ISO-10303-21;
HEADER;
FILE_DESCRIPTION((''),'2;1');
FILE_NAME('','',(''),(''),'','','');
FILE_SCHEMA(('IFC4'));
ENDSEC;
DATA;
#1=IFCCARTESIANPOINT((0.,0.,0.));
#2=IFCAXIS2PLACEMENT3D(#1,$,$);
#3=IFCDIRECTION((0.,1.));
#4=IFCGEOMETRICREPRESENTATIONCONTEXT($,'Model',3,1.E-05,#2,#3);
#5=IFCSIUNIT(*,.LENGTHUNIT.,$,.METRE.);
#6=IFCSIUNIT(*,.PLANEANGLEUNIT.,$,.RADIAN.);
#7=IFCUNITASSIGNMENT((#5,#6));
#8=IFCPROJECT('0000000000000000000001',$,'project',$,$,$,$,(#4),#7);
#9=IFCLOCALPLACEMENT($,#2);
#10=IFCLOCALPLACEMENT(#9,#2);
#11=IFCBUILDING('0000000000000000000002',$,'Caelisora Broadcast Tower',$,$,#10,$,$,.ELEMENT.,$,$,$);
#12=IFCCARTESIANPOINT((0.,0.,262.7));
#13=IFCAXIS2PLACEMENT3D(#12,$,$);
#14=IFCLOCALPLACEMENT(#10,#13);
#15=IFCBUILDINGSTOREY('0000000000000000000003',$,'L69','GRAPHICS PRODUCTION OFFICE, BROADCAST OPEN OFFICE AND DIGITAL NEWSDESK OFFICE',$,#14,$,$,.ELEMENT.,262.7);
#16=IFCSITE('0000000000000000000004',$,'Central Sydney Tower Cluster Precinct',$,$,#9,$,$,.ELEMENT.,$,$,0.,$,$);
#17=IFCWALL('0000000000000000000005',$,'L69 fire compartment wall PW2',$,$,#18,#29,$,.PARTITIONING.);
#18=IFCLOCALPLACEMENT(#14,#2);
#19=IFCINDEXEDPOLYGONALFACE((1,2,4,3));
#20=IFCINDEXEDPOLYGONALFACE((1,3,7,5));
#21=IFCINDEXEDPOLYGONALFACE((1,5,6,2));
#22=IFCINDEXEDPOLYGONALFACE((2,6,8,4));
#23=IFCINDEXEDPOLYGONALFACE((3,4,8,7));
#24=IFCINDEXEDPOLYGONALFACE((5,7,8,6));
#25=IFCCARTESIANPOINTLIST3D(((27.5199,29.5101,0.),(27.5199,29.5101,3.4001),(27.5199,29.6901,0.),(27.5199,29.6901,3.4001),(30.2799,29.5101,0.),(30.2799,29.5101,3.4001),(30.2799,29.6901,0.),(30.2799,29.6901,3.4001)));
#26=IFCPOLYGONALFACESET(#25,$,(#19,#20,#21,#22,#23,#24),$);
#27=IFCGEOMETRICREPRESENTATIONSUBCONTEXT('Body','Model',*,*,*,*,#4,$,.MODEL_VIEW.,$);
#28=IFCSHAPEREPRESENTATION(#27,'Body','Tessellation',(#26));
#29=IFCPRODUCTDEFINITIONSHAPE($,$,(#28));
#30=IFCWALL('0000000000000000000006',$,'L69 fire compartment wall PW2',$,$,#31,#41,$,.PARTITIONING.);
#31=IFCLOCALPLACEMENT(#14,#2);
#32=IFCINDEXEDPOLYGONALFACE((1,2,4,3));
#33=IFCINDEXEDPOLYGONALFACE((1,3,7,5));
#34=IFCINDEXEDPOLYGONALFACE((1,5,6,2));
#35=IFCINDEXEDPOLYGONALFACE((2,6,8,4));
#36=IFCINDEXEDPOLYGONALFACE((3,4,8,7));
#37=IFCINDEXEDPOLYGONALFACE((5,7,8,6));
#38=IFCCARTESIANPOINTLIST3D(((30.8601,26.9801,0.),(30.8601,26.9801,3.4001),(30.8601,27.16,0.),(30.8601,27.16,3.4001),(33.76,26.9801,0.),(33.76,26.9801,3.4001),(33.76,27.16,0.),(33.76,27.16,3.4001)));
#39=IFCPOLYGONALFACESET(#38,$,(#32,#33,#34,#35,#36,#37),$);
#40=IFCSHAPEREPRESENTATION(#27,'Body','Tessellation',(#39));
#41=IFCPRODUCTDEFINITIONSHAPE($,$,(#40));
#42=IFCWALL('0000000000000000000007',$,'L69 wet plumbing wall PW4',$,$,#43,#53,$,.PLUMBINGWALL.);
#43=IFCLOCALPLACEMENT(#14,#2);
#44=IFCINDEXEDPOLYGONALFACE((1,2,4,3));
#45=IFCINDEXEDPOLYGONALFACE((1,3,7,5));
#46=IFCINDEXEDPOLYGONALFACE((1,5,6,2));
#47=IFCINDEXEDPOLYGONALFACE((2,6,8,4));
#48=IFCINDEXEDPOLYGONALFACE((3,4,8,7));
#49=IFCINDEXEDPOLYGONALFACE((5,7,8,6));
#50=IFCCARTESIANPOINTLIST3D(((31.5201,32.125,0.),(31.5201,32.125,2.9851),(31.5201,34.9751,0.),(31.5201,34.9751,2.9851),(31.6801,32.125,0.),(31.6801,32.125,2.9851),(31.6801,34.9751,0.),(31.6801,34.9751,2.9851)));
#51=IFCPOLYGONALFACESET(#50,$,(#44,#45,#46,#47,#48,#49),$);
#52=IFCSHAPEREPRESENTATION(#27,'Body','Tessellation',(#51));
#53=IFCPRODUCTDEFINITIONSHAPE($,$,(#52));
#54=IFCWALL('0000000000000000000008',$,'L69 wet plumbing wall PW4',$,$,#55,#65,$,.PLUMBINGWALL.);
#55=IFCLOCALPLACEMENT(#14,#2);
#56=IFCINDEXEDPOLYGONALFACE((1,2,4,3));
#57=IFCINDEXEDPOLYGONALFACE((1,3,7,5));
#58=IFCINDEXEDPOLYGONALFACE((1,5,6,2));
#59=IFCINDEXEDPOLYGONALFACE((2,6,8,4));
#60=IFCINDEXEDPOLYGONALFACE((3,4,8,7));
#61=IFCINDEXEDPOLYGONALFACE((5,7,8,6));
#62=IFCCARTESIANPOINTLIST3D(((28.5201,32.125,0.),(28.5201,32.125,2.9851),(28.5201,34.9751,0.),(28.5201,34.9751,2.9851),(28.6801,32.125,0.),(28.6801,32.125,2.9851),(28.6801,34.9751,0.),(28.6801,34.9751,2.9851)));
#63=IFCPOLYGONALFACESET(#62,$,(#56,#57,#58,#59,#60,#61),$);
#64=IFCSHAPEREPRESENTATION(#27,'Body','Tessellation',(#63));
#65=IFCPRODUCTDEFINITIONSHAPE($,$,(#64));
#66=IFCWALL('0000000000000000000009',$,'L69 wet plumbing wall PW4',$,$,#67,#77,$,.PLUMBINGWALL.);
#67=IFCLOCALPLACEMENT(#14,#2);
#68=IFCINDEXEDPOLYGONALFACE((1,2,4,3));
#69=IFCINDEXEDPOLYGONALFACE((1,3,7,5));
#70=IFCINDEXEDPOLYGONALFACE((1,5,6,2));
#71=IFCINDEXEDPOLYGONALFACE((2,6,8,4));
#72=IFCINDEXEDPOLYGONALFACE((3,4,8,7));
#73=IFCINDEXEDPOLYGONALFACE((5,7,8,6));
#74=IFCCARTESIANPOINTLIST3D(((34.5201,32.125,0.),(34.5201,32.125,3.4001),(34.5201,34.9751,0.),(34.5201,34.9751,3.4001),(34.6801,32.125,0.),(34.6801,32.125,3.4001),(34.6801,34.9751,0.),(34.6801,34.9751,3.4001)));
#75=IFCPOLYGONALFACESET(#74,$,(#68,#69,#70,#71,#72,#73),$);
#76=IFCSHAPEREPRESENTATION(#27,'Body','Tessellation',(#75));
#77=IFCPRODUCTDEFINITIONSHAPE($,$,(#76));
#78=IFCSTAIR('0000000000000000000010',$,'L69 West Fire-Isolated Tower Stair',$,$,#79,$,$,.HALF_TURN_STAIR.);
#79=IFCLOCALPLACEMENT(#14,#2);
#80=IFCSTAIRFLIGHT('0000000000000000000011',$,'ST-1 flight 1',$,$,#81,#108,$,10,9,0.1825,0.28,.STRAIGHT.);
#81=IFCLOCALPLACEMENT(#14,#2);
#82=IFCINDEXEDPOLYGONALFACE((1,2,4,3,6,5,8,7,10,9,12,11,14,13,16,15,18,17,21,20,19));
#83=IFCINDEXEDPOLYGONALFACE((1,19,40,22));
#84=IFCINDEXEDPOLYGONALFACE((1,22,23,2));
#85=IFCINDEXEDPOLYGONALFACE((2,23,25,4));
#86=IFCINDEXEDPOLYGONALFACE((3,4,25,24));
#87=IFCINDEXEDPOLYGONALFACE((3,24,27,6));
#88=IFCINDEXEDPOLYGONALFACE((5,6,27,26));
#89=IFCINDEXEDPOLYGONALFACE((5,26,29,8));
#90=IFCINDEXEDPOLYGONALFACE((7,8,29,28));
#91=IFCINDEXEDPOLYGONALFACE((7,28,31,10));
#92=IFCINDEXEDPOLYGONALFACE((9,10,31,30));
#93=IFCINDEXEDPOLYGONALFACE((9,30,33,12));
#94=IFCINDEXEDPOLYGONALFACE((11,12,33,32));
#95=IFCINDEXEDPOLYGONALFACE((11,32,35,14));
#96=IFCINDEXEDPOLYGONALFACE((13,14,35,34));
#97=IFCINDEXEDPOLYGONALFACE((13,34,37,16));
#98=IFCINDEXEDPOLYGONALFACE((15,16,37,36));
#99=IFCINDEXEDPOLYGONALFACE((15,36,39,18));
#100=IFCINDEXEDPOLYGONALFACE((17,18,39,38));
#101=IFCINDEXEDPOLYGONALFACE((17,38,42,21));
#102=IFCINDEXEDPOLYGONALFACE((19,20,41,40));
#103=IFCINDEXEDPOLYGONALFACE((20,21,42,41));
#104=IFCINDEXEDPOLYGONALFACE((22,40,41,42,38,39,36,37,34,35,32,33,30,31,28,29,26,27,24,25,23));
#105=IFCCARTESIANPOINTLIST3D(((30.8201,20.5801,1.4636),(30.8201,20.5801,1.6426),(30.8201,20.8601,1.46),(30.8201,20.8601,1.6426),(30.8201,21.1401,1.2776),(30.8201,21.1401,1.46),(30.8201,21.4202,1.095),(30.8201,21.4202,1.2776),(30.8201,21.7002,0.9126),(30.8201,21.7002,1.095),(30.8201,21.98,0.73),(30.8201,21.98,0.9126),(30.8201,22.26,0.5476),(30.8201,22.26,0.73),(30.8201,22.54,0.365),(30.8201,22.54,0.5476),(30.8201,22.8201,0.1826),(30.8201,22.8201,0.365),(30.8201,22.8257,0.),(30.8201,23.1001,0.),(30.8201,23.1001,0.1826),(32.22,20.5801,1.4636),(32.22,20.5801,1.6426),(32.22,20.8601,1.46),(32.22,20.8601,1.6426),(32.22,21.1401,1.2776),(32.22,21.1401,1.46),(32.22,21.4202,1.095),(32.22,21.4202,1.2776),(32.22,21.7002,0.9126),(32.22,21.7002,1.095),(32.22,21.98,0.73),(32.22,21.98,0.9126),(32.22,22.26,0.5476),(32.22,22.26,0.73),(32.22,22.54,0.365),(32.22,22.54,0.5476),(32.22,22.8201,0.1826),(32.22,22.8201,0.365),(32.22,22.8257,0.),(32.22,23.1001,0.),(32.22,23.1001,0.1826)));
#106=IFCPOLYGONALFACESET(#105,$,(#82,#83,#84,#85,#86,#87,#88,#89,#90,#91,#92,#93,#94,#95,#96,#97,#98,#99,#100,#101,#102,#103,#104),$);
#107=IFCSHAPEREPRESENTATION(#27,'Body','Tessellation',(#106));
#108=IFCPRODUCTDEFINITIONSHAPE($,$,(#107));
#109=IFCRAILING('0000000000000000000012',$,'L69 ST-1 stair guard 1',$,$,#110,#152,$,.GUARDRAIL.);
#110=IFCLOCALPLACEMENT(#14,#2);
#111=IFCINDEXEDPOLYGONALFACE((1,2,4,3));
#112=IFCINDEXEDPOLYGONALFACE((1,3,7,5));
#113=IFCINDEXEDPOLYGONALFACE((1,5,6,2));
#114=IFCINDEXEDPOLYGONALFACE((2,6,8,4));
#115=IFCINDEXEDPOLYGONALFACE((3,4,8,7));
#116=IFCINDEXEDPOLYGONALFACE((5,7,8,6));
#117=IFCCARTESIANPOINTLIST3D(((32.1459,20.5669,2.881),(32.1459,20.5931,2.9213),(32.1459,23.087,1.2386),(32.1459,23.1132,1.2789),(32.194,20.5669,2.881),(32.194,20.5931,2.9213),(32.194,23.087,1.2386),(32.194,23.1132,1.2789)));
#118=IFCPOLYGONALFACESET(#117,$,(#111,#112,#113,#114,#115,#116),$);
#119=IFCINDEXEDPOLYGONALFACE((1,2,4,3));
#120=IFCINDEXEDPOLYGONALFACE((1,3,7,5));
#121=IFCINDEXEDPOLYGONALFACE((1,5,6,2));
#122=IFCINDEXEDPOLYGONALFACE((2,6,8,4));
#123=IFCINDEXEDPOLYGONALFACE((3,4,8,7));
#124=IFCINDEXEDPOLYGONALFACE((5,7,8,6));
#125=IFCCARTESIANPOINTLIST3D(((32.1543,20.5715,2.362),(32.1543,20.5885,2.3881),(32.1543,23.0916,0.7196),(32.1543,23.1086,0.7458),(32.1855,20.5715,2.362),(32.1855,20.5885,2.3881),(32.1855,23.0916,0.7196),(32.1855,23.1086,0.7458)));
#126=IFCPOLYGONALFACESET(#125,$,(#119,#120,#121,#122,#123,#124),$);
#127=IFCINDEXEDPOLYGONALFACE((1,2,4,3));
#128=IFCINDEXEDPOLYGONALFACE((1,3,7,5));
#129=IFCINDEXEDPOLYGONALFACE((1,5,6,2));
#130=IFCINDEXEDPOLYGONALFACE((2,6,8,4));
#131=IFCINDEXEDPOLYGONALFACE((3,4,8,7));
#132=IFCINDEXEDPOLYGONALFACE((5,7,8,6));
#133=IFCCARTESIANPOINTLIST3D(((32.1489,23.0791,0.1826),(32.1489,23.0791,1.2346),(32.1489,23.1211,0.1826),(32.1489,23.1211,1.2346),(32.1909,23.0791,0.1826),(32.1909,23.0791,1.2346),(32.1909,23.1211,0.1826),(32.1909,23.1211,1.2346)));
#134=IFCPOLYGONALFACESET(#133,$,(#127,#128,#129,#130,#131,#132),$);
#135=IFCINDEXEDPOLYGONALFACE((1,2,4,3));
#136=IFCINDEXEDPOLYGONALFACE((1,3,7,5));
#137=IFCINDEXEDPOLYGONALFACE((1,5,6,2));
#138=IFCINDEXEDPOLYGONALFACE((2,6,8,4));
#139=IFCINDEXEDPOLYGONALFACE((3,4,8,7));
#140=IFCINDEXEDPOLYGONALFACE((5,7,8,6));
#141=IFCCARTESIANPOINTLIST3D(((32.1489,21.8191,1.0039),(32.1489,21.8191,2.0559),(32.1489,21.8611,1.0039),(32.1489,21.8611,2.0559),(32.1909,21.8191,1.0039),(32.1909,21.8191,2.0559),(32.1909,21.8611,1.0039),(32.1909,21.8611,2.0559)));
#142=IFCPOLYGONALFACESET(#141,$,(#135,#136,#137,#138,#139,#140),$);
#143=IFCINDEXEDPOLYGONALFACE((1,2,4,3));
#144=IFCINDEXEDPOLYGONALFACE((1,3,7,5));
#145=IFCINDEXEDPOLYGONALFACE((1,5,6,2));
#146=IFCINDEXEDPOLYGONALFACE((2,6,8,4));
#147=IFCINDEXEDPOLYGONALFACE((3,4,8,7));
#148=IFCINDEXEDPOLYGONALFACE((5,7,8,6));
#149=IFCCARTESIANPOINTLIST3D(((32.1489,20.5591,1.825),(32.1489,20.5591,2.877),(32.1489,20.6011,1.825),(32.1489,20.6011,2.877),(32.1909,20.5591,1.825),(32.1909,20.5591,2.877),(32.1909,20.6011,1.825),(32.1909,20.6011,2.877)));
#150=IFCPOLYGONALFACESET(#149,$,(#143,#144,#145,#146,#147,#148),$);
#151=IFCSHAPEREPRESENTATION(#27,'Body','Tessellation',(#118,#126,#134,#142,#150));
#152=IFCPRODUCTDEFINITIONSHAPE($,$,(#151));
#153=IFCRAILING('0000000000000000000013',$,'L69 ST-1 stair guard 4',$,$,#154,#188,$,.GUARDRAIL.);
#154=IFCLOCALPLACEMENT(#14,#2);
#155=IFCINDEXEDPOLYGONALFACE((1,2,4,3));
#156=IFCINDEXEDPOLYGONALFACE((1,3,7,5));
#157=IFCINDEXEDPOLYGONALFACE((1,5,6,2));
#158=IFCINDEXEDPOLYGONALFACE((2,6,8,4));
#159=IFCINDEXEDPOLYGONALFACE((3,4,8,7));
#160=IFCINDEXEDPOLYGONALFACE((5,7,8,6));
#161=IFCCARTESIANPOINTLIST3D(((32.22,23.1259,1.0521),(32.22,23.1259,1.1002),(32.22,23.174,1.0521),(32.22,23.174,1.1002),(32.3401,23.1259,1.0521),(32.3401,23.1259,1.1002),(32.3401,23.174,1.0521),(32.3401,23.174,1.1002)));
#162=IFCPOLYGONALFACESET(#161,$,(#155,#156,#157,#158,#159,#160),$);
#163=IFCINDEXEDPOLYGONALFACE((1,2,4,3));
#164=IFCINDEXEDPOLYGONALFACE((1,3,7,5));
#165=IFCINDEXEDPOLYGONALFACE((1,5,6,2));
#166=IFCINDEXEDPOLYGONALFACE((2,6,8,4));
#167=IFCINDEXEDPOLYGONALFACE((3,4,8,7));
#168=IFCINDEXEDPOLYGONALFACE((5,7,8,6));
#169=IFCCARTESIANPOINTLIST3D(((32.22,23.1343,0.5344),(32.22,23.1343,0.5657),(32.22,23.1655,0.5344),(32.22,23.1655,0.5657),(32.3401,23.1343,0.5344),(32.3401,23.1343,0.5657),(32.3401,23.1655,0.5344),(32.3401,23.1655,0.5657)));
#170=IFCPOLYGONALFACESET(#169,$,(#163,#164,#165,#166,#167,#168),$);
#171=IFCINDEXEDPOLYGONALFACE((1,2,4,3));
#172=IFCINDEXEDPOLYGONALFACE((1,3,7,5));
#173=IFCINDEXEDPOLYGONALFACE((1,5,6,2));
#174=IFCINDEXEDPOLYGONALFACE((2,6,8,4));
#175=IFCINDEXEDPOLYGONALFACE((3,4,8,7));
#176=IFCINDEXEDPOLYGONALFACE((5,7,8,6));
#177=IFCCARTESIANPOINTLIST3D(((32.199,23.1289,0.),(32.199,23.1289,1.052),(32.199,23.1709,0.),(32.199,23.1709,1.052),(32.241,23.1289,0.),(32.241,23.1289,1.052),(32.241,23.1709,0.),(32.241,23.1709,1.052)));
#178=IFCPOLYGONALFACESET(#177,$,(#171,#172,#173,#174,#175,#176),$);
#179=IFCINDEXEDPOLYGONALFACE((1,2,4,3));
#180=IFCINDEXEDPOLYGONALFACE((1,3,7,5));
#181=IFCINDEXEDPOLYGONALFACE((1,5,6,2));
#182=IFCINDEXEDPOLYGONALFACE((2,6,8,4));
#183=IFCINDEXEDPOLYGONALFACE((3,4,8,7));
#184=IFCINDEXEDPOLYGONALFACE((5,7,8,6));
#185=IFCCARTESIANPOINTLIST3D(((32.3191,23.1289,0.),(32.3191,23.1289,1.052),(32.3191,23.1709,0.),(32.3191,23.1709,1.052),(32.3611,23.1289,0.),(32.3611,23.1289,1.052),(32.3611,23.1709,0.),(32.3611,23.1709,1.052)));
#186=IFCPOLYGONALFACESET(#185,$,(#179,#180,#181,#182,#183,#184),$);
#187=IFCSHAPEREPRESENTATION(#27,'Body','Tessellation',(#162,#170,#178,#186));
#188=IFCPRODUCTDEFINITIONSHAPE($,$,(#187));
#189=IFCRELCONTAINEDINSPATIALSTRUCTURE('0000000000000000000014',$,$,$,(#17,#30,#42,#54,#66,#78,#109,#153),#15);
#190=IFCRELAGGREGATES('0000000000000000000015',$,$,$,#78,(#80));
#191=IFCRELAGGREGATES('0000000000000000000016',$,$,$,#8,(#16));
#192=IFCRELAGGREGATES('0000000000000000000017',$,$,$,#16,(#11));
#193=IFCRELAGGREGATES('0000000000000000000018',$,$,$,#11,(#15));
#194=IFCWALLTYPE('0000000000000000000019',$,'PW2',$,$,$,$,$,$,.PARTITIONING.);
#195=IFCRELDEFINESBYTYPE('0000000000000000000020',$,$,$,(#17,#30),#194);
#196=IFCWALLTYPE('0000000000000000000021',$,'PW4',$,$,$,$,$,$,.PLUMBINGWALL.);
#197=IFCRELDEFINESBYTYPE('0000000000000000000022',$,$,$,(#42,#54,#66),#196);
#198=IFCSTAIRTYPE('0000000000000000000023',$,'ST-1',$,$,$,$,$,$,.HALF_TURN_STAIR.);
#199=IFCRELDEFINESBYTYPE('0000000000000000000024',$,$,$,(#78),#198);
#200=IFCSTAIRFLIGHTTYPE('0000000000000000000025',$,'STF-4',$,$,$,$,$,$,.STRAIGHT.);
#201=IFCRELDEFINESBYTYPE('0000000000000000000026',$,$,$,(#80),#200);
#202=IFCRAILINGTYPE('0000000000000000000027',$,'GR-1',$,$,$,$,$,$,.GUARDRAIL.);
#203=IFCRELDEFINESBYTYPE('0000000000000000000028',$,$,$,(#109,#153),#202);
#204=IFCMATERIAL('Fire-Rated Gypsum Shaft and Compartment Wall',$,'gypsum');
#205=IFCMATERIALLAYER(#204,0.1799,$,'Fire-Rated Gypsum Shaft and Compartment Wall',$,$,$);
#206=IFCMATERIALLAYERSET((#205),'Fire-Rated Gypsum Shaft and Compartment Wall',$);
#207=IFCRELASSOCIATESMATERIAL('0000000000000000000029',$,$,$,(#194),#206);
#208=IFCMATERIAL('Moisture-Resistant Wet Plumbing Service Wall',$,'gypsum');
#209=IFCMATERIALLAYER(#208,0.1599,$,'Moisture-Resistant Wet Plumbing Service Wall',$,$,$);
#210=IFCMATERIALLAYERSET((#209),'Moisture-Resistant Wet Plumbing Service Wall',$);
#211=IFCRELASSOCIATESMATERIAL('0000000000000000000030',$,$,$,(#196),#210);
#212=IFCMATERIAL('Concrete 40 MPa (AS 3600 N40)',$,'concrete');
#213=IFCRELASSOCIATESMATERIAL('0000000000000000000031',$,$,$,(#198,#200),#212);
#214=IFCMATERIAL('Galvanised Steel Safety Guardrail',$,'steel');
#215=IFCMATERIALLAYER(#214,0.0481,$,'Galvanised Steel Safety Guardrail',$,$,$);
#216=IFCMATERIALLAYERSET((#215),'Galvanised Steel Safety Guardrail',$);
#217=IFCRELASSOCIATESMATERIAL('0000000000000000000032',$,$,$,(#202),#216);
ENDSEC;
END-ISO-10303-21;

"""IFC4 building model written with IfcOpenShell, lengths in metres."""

from ifc_helpers import new_model, si_unit, direction, frame, frame_2d, origin, origin_2d, place, context, subcontext, project, spatial, polyline, rectangle, outline, extrude, material, layer, layer_set, type_object, element, aggregate, save


model = new_model("IFC4")

# Units and contexts
model_context = context("Model", 3, precision=1e-05, world=origin(), true_north=direction((0.0, 1.0)))
body_context = subcontext(model_context, "Body", "Model", "MODEL_VIEW")
ifc_project = project(units=[si_unit("LENGTHUNIT", "METRE"), si_unit("PLANEANGLEUNIT", "RADIAN")], contexts=[model_context])

# Site, building, storey
site_placement = place(None, origin())
site = spatial("IfcSite", under=ifc_project, at=site_placement, Name="Central Sydney Tower Cluster Precinct", CompositionType="ELEMENT", RefElevation=0.0)
building_placement = place(site_placement, origin())
building = spatial("IfcBuilding", under=site, at=building_placement, Name="Caelisora Broadcast Tower", CompositionType="ELEMENT")
storey_placement = place(building_placement, frame((0.0, 0.0, 262.7)))
storey = spatial("IfcBuildingStorey", under=building, at=storey_placement, Name="L69", Description="GRAPHICS PRODUCTION OFFICE, BROADCAST OPEN OFFICE AND DIGITAL NEWSDESK OFFICE", CompositionType="ELEMENT", Elevation=262.7)

# Shared definitions
ifc_material_1 = material(Name="Concrete 40 MPa (AS 3600 N40)", Category="concrete")

# Shared definitions
ifc_material_2 = material(Name="Fire-Rated Gypsum Shaft and Compartment Wall", Category="gypsum")
ifc_layer_1 = layer(ifc_material_2, 0.1799, Name="Fire-Rated Gypsum Shaft and Compartment Wall")
ifc_layer_set_1 = layer_set([ifc_layer_1], Name="Fire-Rated Gypsum Shaft and Compartment Wall")
wall_type_1 = type_object("IfcWallType", Name="PW2", PredefinedType="PARTITIONING", material=ifc_layer_set_1)

# Walls
wall_1_placement = place(storey_placement, frame((27.52, 29.6001, 0.0), z_axis=(0.0, 0.0, 1.0), x_axis=(1.0, 0.0, 0.0)))
element("IfcWall", 1, at=wall_1_placement, inside=storey, type_object=wall_type_1, Name="L69 fire compartment wall PW2", PredefinedType="PARTITIONING", context=body_context, shape_type="SweptSolid", body=[
    extrude(rectangle(XDim=2.76, YDim=0.1799, at=frame_2d((1.3799, 0.0))), origin(), (0.0, 0.0, 1.0), 3.4001),
])
wall_2_placement = place(storey_placement, frame((30.8601, 27.0701, 0.0), z_axis=(0.0, 0.0, 1.0), x_axis=(1.0, 0.0, 0.0)))
element("IfcWall", 2, at=wall_2_placement, inside=storey, type_object=wall_type_1, Name="L69 fire compartment wall PW2", PredefinedType="PARTITIONING", context=body_context, shape_type="SweptSolid", body=[
    extrude(rectangle(XDim=2.8999, YDim=0.1799, at=frame_2d((1.45, 0.0))), origin(), (0.0, 0.0, 1.0), 3.4001),
])
ifc_material_3 = material(Name="Moisture-Resistant Wet Plumbing Service Wall", Category="gypsum")
ifc_layer_2 = layer(ifc_material_3, 0.1599, Name="Moisture-Resistant Wet Plumbing Service Wall")
ifc_layer_set_2 = layer_set([ifc_layer_2], Name="Moisture-Resistant Wet Plumbing Service Wall")
wall_type_2 = type_object("IfcWallType", Name="PW4", PredefinedType="PLUMBINGWALL", material=ifc_layer_set_2)
for number, where, z_axis, x_axis, name in (
    (3, (31.6001, 32.125, 0.0), (0.0, 0.0, 1.0), (0.0, 1.0, 0.0), "L69 wet plumbing wall PW4"),
    (4, (28.6001, 32.125, 0.0), (0.0, 0.0, 1.0), (0.0, 1.0, 0.0), "L69 wet plumbing wall PW4"),
):
    element("IfcWall", number, at=place(storey_placement, frame(where, z_axis=z_axis, x_axis=x_axis)), inside=storey, type_object=wall_type_2, Name=name, PredefinedType="PLUMBINGWALL", context=body_context, shape_type="SweptSolid", body=[
        extrude(rectangle(XDim=2.8501, YDim=0.1599, at=frame_2d((1.425, 0.0))), origin(), (0.0, 0.0, 1.0), 2.9851),
    ])
wall_3_placement = place(storey_placement, frame((34.6001, 32.125, 0.0), z_axis=(0.0, 0.0, 1.0), x_axis=(0.0, 1.0, 0.0)))
element("IfcWall", 5, at=wall_3_placement, inside=storey, type_object=wall_type_2, Name="L69 wet plumbing wall PW4", PredefinedType="PLUMBINGWALL", context=body_context, shape_type="SweptSolid", body=[
    extrude(rectangle(XDim=2.8501, YDim=0.1599, at=frame_2d((1.425, 0.0))), origin(), (0.0, 0.0, 1.0), 3.4001),
])

# Stair, stair flight
stair_type = type_object("IfcStairType", Name="ST-1", PredefinedType="HALF_TURN_STAIR", material=ifc_material_1)
stair_placement = place(storey_placement, origin())
stair = element("IfcStair", 6, at=stair_placement, inside=storey, type_object=stair_type, Name="L69 West Fire-Isolated Tower Stair", PredefinedType="HALF_TURN_STAIR")
stair_flight_type = type_object("IfcStairFlightType", Name="STF-4", PredefinedType="STRAIGHT", material=ifc_material_1)
stair_flight_placement = place(storey_placement, frame((31.52, 23.1001, 0.0), z_axis=(0.0, 0.0, 1.0), x_axis=(0.0, -1.0, 0.0)))
stair_flight = element("IfcStairFlight", 7, at=stair_flight_placement, type_object=stair_flight_type, Name="ST-1 flight 1", NumberOfRisers=10, NumberOfTreads=9, PredefinedType="STRAIGHT", RiserHeight=0.1825, TreadLength=0.28, context=body_context, shape_type="SweptSolid", body=[
    extrude(outline(polyline([(0.0, 0.0), (0.0, 0.1826), (0.28, 0.1826), (0.28, 0.365), (0.5601, 0.365), (0.5601, 0.5476), (0.8401, 0.5476), (0.8401, 0.73), (1.1201, 0.73), (1.1201, 0.9126), (1.3999, 0.9126), (1.3999, 1.095), (1.6799, 1.095), (1.6799, 1.2776), (1.96, 1.2776), (1.96, 1.46), (2.24, 1.46), (2.24, 1.6426), (2.52, 1.6426), (2.52, 1.825), (2.52, 1.4636), (0.2744, 0.0), (0.0, 0.0)])), frame((0.0, 0.7, 0.0), z_axis=(0.0, -1.0, 0.0), x_axis=(1.0, 0.0, 0.0)), (0.0, 0.0, 1.0), 1.3999),
])
aggregate(stair, [stair_flight])

# Railings
ifc_material_4 = material(Name="Galvanised Steel Safety Guardrail", Category="steel")
ifc_layer_3 = layer(ifc_material_4, 0.0481, Name="Galvanised Steel Safety Guardrail")
ifc_layer_set_3 = layer_set([ifc_layer_3], Name="Galvanised Steel Safety Guardrail")
railing_type_1 = type_object("IfcRailingType", Name="GR-1", PredefinedType="GUARDRAIL", material=ifc_layer_set_3)
railing_1_placement = place(storey_placement, frame((32.1699, 23.1001, 0.1826)))
element("IfcRailing", 8, at=railing_1_placement, inside=storey, type_object=railing_type_1, Name="L69 ST-1 stair guard 1", PredefinedType="GUARDRAIL", context=body_context, shape_type="SweptSolid", body=[
    extrude(rectangle(XDim=0.0481, YDim=0.0481, at=origin_2d()), frame((0.0, 0.0, 1.0762), z_axis=(0.0, -0.837787, 0.545998), x_axis=(1.0, 0.0, 0.0)), (0.0, 0.0, 1.0), 3.0081),
    extrude(rectangle(XDim=0.0312, YDim=0.0312, at=origin_2d()), frame((0.0, 0.0, 0.55), z_axis=(0.0, -0.837787, 0.545998), x_axis=(1.0, 0.0, 0.0)), (0.0, 0.0, 1.0), 3.0081),
    extrude(rectangle(XDim=0.042, YDim=0.042, at=origin_2d()), origin(), (0.0, 0.0, 1.0), 1.052),
    extrude(rectangle(XDim=0.042, YDim=0.042, at=origin_2d()), frame((0.0, -1.26, 0.8213)), (0.0, 0.0, 1.0), 1.052),
    extrude(rectangle(XDim=0.042, YDim=0.042, at=origin_2d()), frame((0.0, -2.52, 1.6423)), (0.0, 0.0, 1.0), 1.052),
])
railing_2_placement = place(storey_placement, frame((32.22, 23.1499, 0.0)))
element("IfcRailing", 9, at=railing_2_placement, inside=storey, type_object=railing_type_1, Name="L69 ST-1 stair guard 4", PredefinedType="GUARDRAIL", context=body_context, shape_type="SweptSolid", body=[
    extrude(rectangle(XDim=0.0481, YDim=0.0481, at=origin_2d()), frame((0.0, 0.0, 1.0762), z_axis=(1.0, 0.0, 0.0), x_axis=(0.0, 1.0, 0.0)), (0.0, 0.0, 1.0), 0.1201),
    extrude(rectangle(XDim=0.0312, YDim=0.0312, at=origin_2d()), frame((0.0, 0.0, 0.55), z_axis=(1.0, 0.0, 0.0), x_axis=(0.0, 1.0, 0.0)), (0.0, 0.0, 1.0), 0.1201),
    extrude(rectangle(XDim=0.042, YDim=0.042, at=origin_2d()), origin(), (0.0, 0.0, 1.0), 1.052),
    extrude(rectangle(XDim=0.042, YDim=0.042, at=origin_2d()), frame((0.1201, 0.0, 0.0)), (0.0, 0.0, 1.0), 1.052),
])

save(model, "model.ifc")
